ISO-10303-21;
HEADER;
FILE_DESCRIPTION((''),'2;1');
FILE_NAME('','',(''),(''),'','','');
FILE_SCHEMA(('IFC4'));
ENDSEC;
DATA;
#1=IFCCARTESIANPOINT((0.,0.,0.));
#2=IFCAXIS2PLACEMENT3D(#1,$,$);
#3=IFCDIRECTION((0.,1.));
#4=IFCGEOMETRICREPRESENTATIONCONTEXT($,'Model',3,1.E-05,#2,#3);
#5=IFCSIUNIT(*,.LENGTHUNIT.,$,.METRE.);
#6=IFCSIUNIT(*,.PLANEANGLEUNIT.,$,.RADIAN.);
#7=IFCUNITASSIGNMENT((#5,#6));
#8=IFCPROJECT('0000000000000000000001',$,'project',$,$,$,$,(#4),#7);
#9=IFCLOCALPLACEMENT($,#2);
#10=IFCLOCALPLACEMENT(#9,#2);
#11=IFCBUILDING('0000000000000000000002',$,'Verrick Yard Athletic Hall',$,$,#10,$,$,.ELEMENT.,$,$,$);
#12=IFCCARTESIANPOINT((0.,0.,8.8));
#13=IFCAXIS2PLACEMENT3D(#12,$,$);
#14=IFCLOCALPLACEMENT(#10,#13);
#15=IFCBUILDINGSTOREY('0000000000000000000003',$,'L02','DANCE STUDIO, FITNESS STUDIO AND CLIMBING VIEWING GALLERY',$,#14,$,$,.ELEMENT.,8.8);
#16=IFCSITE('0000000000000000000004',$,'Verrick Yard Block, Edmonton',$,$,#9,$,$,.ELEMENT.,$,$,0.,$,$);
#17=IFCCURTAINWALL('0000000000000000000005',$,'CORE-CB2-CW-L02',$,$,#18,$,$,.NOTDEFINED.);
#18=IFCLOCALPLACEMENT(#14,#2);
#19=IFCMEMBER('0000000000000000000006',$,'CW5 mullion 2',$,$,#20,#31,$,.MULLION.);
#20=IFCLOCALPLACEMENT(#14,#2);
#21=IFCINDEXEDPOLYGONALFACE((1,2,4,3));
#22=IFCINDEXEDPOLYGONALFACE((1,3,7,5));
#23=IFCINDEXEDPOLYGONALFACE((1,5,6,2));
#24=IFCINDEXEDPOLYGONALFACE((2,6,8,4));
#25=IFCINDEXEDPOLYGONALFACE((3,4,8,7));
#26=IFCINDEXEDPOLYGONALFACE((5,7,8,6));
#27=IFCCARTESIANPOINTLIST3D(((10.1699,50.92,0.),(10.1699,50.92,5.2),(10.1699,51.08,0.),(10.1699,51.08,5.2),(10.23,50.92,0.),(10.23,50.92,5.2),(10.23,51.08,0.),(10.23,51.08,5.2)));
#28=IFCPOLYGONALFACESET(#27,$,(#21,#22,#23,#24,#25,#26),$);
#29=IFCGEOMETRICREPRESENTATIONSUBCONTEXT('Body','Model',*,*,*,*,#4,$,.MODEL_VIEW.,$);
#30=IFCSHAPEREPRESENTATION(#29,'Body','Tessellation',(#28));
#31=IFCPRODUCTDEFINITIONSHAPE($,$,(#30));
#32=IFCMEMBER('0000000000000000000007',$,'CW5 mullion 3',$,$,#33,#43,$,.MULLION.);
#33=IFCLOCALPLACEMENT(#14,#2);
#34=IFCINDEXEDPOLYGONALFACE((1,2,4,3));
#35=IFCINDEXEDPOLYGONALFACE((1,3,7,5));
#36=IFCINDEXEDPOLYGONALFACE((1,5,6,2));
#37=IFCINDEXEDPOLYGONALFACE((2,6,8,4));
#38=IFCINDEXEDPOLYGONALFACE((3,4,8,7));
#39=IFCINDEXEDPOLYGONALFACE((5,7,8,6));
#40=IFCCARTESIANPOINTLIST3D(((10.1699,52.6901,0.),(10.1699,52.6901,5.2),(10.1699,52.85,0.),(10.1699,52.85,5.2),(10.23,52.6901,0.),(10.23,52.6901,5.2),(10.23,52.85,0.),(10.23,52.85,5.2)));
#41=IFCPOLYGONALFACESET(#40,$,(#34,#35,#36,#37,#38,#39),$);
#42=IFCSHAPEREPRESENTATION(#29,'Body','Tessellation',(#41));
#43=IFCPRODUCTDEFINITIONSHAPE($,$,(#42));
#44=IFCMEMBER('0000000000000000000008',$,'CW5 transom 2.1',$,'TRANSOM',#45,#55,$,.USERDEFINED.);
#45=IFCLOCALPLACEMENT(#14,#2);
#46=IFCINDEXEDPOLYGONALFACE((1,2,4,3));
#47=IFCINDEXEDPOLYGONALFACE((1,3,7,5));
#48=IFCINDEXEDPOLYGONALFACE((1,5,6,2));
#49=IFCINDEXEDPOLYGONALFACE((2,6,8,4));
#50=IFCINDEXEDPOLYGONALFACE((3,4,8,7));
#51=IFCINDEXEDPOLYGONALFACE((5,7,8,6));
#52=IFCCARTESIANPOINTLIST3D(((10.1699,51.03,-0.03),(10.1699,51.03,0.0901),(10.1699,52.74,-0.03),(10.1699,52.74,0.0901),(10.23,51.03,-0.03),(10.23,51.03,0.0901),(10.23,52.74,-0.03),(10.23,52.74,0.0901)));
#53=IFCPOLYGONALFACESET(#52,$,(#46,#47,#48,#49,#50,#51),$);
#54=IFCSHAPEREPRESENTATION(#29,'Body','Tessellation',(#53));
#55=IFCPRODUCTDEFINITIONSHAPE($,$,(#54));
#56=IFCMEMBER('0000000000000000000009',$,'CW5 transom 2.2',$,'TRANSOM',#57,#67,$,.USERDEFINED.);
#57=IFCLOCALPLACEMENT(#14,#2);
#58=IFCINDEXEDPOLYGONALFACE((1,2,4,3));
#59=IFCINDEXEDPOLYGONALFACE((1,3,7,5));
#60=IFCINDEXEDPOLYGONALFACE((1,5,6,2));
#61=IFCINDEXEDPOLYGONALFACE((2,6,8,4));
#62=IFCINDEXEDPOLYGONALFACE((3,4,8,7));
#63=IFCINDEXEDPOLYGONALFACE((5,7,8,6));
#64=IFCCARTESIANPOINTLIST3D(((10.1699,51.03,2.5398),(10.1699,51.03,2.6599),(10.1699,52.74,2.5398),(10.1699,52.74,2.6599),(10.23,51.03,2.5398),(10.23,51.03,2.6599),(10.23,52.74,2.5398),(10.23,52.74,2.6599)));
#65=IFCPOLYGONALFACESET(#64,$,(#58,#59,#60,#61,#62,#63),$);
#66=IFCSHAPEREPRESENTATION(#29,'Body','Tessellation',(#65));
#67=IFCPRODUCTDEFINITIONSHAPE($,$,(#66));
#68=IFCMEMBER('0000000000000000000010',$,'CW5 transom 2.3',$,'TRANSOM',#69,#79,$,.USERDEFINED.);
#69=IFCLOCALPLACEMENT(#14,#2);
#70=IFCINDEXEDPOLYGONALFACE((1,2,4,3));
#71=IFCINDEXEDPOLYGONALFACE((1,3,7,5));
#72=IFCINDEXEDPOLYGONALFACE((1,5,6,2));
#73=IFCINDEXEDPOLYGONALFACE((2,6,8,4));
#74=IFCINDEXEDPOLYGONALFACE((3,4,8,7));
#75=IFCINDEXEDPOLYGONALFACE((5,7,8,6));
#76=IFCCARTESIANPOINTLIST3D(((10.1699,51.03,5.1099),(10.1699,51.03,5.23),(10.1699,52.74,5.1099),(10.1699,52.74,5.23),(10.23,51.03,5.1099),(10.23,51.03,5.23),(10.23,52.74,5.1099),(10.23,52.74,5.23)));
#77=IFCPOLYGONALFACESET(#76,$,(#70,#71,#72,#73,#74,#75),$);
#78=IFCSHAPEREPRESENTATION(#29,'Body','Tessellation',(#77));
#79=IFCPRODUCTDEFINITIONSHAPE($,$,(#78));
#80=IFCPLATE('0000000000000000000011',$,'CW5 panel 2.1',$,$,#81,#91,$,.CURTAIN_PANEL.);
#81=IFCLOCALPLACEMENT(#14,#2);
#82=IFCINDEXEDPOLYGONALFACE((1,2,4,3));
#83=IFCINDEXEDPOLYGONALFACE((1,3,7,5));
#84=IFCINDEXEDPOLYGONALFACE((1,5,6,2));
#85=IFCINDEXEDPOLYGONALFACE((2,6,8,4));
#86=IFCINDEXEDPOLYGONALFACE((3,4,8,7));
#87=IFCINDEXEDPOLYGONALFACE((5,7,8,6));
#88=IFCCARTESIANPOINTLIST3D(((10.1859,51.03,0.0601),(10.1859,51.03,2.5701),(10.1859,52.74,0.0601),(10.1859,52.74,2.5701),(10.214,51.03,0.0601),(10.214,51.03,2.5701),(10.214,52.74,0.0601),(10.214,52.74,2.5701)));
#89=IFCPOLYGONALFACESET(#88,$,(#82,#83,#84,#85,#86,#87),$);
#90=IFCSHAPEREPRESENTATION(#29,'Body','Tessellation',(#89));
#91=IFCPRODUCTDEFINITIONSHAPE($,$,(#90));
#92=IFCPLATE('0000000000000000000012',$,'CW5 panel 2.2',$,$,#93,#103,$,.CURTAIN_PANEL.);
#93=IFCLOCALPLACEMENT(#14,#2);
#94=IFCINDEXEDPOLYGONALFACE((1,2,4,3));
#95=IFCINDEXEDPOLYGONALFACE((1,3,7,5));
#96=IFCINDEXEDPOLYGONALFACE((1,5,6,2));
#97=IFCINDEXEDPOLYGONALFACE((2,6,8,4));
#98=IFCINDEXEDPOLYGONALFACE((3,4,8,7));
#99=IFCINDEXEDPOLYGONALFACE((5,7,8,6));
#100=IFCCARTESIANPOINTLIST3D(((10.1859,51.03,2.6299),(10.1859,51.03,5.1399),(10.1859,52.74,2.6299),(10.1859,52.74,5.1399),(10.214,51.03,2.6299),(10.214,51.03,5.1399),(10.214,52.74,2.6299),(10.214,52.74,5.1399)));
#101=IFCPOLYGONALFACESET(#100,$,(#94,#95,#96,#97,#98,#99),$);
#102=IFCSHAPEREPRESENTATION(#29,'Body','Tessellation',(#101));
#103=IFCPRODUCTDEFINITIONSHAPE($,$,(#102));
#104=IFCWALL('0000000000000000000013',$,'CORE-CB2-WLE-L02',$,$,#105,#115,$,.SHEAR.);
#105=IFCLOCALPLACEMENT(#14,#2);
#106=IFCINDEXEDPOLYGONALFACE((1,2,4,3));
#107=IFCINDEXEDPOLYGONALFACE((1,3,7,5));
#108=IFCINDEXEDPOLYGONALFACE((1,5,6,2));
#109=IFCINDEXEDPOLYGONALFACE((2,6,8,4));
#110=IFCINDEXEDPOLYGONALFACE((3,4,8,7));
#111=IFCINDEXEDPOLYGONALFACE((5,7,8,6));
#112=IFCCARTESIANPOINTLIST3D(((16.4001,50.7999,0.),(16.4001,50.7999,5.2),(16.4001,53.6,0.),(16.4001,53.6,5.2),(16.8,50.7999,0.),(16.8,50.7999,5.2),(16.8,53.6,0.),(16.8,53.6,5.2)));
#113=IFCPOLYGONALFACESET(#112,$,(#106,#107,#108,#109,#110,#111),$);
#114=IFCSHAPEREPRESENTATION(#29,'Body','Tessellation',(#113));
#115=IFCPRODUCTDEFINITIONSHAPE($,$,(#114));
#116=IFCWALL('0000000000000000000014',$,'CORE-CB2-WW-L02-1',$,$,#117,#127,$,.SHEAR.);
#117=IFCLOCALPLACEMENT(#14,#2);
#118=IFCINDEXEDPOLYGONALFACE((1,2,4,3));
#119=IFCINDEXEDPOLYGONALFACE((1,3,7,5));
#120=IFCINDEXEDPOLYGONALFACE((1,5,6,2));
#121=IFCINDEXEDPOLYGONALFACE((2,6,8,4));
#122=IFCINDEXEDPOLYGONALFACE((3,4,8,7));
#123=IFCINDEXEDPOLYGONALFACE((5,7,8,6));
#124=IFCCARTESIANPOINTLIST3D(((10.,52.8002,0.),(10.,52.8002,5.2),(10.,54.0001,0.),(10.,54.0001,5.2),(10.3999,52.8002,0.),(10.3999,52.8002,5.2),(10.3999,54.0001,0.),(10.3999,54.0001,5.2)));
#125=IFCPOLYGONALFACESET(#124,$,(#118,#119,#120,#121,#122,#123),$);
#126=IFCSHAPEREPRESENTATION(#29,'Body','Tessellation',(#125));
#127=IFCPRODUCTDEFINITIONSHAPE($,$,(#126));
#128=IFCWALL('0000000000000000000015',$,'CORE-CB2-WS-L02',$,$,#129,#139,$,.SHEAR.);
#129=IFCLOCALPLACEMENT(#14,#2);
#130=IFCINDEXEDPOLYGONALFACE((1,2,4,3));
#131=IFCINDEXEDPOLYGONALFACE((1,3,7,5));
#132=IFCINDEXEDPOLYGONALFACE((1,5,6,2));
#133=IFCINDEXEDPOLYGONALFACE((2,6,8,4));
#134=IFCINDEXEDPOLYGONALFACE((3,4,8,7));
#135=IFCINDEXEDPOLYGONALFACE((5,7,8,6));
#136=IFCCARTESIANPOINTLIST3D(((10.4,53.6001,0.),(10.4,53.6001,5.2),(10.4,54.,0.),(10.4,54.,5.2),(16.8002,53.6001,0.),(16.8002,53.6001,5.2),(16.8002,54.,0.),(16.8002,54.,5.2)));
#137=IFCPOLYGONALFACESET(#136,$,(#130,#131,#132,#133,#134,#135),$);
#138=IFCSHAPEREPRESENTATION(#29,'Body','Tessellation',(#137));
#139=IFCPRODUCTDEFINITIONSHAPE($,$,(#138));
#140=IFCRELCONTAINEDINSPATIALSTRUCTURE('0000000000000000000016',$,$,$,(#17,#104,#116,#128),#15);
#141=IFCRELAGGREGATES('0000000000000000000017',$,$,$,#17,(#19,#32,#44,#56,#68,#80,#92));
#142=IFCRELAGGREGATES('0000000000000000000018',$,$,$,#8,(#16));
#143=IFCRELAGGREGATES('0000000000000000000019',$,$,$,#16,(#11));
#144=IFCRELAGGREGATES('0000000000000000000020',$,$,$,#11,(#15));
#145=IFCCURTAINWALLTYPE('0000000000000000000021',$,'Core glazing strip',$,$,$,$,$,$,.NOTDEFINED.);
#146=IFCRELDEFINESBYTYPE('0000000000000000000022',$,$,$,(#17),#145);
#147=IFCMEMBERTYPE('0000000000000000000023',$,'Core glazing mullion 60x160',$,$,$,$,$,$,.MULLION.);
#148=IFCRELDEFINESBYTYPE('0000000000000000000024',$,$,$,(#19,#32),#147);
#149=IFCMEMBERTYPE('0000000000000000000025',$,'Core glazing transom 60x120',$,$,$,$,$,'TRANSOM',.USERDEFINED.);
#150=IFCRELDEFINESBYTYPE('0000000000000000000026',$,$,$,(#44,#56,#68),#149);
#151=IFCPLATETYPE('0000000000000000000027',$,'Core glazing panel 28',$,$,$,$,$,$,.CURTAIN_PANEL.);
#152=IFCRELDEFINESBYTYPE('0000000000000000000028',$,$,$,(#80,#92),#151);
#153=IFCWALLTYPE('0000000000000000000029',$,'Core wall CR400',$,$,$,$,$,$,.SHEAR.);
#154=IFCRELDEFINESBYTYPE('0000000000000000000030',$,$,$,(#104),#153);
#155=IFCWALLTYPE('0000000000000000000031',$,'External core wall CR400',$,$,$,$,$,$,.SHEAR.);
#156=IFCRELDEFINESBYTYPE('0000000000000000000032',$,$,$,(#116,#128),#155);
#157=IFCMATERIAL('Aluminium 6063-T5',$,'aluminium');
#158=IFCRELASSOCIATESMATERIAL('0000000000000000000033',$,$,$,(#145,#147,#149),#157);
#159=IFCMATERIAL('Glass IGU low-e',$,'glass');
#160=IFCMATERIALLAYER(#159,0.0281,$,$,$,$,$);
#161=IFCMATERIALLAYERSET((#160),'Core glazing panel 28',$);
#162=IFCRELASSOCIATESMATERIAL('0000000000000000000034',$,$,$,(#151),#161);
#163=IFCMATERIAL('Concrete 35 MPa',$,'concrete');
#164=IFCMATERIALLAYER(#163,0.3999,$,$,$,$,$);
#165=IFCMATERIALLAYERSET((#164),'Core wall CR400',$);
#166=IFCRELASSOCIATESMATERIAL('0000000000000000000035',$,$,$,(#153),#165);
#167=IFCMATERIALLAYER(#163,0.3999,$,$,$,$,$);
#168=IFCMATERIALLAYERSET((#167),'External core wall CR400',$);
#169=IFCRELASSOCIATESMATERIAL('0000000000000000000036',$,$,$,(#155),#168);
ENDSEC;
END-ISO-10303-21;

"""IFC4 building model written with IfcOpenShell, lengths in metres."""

from ifc_helpers import new_model, si_unit, direction, frame, frame_2d, origin, origin_2d, place, context, subcontext, project, spatial, rectangle, extrude, material, layer, layer_set, material_profile, profile_set, type_object, element, aggregate, save


model = new_model("IFC4")

# Units and contexts
model_context = context("Model", 3, precision=1e-05, world=origin(), true_north=direction((0.0, 1.0)))
body_context = subcontext(model_context, "Body", "Model", "MODEL_VIEW")
ifc_project = project(units=[si_unit("LENGTHUNIT", "METRE"), si_unit("PLANEANGLEUNIT", "RADIAN")], contexts=[model_context])

# Site, building, storey
site_placement = place(None, origin())
site = spatial("IfcSite", under=ifc_project, at=site_placement, Name="Verrick Yard Block, Edmonton", CompositionType="ELEMENT", RefElevation=0.0)
building_placement = place(site_placement, origin())
building = spatial("IfcBuilding", under=site, at=building_placement, Name="Verrick Yard Athletic Hall", CompositionType="ELEMENT")
storey_placement = place(building_placement, frame((0.0, 0.0, 8.8)))
storey = spatial("IfcBuildingStorey", under=building, at=storey_placement, Name="L02", Description="DANCE STUDIO, FITNESS STUDIO AND CLIMBING VIEWING GALLERY", CompositionType="ELEMENT", Elevation=8.8)

# Curtain wall, members, plates
ifc_material_1 = material(Name="Aluminium 6063-T5", Category="aluminium")
curtain_wall_type = type_object("IfcCurtainWallType", Name="Core glazing strip", PredefinedType="NOTDEFINED", material=ifc_material_1)
curtain_wall_placement = place(storey_placement, origin())
curtain_wall = element("IfcCurtainWall", 1, at=curtain_wall_placement, inside=storey, type_object=curtain_wall_type, Name="CORE-CB2-CW-L02", PredefinedType="NOTDEFINED")
ifc_material_profile_1 = material_profile(ifc_material_1, rectangle(XDim=0.0601, YDim=0.1599, at=origin_2d()), Name="Core glazing mullion 60x160")
ifc_profile_set_1 = profile_set([ifc_material_profile_1], Name="Aluminium 6063-T5")
member_type_1 = type_object("IfcMemberType", Name="Core glazing mullion 60x160", PredefinedType="MULLION", material=ifc_profile_set_1)
member_1_placement = place(storey_placement, frame((10.2, 51.0, 0.0), z_axis=(0.0, 0.0, 1.0), x_axis=(-1.0, 0.0, 0.0)))
member_1 = element("IfcMember", 2, at=member_1_placement, type_object=member_type_1, Name="CW5 mullion 2", PredefinedType="MULLION", context=body_context, shape_type="SweptSolid", body=[
    extrude(rectangle(XDim=0.0601, YDim=0.1599, at=origin_2d()), origin(), (0.0, 0.0, 1.0), 5.2),
])
member_2_placement = place(storey_placement, frame((10.2, 52.77, 0.0), z_axis=(0.0, 0.0, 1.0), x_axis=(-1.0, 0.0, 0.0)))
member_2 = element("IfcMember", 3, at=member_2_placement, type_object=member_type_1, Name="CW5 mullion 3", PredefinedType="MULLION", context=body_context, shape_type="SweptSolid", body=[
    extrude(rectangle(XDim=0.0601, YDim=0.1599, at=origin_2d()), origin(), (0.0, 0.0, 1.0), 5.2),
])
ifc_material_profile_2 = material_profile(ifc_material_1, rectangle(XDim=0.0601, YDim=0.1201, at=origin_2d()), Name="Core glazing transom 60x120")
ifc_profile_set_2 = profile_set([ifc_material_profile_2], Name="Aluminium 6063-T5")
member_type_2 = type_object("IfcMemberType", Name="Core glazing transom 60x120", ElementType="TRANSOM", PredefinedType="USERDEFINED", material=ifc_profile_set_2)
member_3_placement = place(storey_placement, frame((10.2, 51.03, 0.03), z_axis=(0.0, 1.0, 0.0), x_axis=(-1.0, 0.0, 0.0)))
member_3 = element("IfcMember", 4, at=member_3_placement, type_object=member_type_2, Name="CW5 transom 2.1", ObjectType="TRANSOM", PredefinedType="USERDEFINED", context=body_context, shape_type="SweptSolid", body=[
    extrude(rectangle(XDim=0.0601, YDim=0.1201, at=origin_2d()), origin(), (0.0, 0.0, 1.0), 1.71),
])
member_4_placement = place(storey_placement, frame((10.2, 51.03, 2.5999), z_axis=(0.0, 1.0, 0.0), x_axis=(-1.0, 0.0, 0.0)))
member_4 = element("IfcMember", 5, at=member_4_placement, type_object=member_type_2, Name="CW5 transom 2.2", ObjectType="TRANSOM", PredefinedType="USERDEFINED", context=body_context, shape_type="SweptSolid", body=[
    extrude(rectangle(XDim=0.0601, YDim=0.1201, at=origin_2d()), origin(), (0.0, 0.0, 1.0), 1.71),
])
member_5_placement = place(storey_placement, frame((10.2, 51.03, 5.1699), z_axis=(0.0, 1.0, 0.0), x_axis=(-1.0, 0.0, 0.0)))
member_5 = element("IfcMember", 6, at=member_5_placement, type_object=member_type_2, Name="CW5 transom 2.3", ObjectType="TRANSOM", PredefinedType="USERDEFINED", context=body_context, shape_type="SweptSolid", body=[
    extrude(rectangle(XDim=0.0601, YDim=0.1201, at=origin_2d()), origin(), (0.0, 0.0, 1.0), 1.71),
])
ifc_material_2 = material(Name="Glass IGU low-e", Category="glass")
ifc_layer_1 = layer(ifc_material_2, 0.0281)
ifc_layer_set_1 = layer_set([ifc_layer_1], Name="Core glazing panel 28")
plate_type = type_object("IfcPlateType", Name="Core glazing panel 28", PredefinedType="CURTAIN_PANEL", material=ifc_layer_set_1)
plate_1_placement = place(storey_placement, frame((10.2, 51.885, 0.0601), z_axis=(0.0, 0.0, 1.0), x_axis=(0.0, 1.0, 0.0)))
plate_1 = element("IfcPlate", 7, at=plate_1_placement, type_object=plate_type, Name="CW5 panel 2.1", PredefinedType="CURTAIN_PANEL", context=body_context, shape_type="SweptSolid", body=[
    extrude(rectangle(XDim=1.71, YDim=0.0281, at=origin_2d()), origin(), (0.0, 0.0, 1.0), 2.51),
])
plate_2_placement = place(storey_placement, frame((10.2, 51.885, 2.6299), z_axis=(0.0, 0.0, 1.0), x_axis=(0.0, 1.0, 0.0)))
plate_2 = element("IfcPlate", 8, at=plate_2_placement, type_object=plate_type, Name="CW5 panel 2.2", PredefinedType="CURTAIN_PANEL", context=body_context, shape_type="SweptSolid", body=[
    extrude(rectangle(XDim=1.71, YDim=0.0281, at=origin_2d()), origin(), (0.0, 0.0, 1.0), 2.51),
])
aggregate(curtain_wall, [member_1, member_2, member_3, member_4, member_5, plate_1, plate_2])

# Walls
ifc_material_3 = material(Name="Concrete 35 MPa", Category="concrete")
ifc_layer_2 = layer(ifc_material_3, 0.3999)
ifc_layer_set_2 = layer_set([ifc_layer_2], Name="Core wall CR400")
wall_type_1 = type_object("IfcWallType", Name="Core wall CR400", PredefinedType="SHEAR", material=ifc_layer_set_2)
wall_1_placement = place(storey_placement, frame((16.6001, 50.8, 0.0), z_axis=(0.0, 0.0, 1.0), x_axis=(0.0, 1.0, 0.0)))
element("IfcWall", 9, at=wall_1_placement, inside=storey, type_object=wall_type_1, Name="CORE-CB2-WLE-L02", PredefinedType="SHEAR", context=body_context, shape_type="SweptSolid", body=[
    extrude(rectangle(XDim=2.8, YDim=0.3999, at=frame_2d((1.3999, 0.0))), origin(), (0.0, 0.0, 1.0), 5.2),
])
ifc_layer_3 = layer(ifc_material_3, 0.3999)
ifc_layer_set_3 = layer_set([ifc_layer_3], Name="External core wall CR400")
wall_type_2 = type_object("IfcWallType", Name="External core wall CR400", PredefinedType="SHEAR", material=ifc_layer_set_3)
wall_2_placement = place(storey_placement, frame((10.2, 52.8, 0.0), z_axis=(0.0, 0.0, 1.0), x_axis=(0.0, 1.0, 0.0)))
element("IfcWall", 10, at=wall_2_placement, inside=storey, type_object=wall_type_2, Name="CORE-CB2-WW-L02-1", PredefinedType="SHEAR", context=body_context, shape_type="SweptSolid", body=[
    extrude(rectangle(XDim=1.2, YDim=0.3999, at=frame_2d((0.6001, 0.0))), origin(), (0.0, 0.0, 1.0), 5.2),
])
wall_3_placement = place(storey_placement, frame((10.3999, 53.8, 0.0), z_axis=(0.0, 0.0, 1.0), x_axis=(1.0, 0.0, 0.0)))
element("IfcWall", 11, at=wall_3_placement, inside=storey, type_object=wall_type_2, Name="CORE-CB2-WS-L02", PredefinedType="SHEAR", context=body_context, shape_type="SweptSolid", body=[
    extrude(rectangle(XDim=6.4001, YDim=0.3999, at=frame_2d((3.2002, 0.0))), origin(), (0.0, 0.0, 1.0), 5.2),
])

save(model, "model.ifc")
